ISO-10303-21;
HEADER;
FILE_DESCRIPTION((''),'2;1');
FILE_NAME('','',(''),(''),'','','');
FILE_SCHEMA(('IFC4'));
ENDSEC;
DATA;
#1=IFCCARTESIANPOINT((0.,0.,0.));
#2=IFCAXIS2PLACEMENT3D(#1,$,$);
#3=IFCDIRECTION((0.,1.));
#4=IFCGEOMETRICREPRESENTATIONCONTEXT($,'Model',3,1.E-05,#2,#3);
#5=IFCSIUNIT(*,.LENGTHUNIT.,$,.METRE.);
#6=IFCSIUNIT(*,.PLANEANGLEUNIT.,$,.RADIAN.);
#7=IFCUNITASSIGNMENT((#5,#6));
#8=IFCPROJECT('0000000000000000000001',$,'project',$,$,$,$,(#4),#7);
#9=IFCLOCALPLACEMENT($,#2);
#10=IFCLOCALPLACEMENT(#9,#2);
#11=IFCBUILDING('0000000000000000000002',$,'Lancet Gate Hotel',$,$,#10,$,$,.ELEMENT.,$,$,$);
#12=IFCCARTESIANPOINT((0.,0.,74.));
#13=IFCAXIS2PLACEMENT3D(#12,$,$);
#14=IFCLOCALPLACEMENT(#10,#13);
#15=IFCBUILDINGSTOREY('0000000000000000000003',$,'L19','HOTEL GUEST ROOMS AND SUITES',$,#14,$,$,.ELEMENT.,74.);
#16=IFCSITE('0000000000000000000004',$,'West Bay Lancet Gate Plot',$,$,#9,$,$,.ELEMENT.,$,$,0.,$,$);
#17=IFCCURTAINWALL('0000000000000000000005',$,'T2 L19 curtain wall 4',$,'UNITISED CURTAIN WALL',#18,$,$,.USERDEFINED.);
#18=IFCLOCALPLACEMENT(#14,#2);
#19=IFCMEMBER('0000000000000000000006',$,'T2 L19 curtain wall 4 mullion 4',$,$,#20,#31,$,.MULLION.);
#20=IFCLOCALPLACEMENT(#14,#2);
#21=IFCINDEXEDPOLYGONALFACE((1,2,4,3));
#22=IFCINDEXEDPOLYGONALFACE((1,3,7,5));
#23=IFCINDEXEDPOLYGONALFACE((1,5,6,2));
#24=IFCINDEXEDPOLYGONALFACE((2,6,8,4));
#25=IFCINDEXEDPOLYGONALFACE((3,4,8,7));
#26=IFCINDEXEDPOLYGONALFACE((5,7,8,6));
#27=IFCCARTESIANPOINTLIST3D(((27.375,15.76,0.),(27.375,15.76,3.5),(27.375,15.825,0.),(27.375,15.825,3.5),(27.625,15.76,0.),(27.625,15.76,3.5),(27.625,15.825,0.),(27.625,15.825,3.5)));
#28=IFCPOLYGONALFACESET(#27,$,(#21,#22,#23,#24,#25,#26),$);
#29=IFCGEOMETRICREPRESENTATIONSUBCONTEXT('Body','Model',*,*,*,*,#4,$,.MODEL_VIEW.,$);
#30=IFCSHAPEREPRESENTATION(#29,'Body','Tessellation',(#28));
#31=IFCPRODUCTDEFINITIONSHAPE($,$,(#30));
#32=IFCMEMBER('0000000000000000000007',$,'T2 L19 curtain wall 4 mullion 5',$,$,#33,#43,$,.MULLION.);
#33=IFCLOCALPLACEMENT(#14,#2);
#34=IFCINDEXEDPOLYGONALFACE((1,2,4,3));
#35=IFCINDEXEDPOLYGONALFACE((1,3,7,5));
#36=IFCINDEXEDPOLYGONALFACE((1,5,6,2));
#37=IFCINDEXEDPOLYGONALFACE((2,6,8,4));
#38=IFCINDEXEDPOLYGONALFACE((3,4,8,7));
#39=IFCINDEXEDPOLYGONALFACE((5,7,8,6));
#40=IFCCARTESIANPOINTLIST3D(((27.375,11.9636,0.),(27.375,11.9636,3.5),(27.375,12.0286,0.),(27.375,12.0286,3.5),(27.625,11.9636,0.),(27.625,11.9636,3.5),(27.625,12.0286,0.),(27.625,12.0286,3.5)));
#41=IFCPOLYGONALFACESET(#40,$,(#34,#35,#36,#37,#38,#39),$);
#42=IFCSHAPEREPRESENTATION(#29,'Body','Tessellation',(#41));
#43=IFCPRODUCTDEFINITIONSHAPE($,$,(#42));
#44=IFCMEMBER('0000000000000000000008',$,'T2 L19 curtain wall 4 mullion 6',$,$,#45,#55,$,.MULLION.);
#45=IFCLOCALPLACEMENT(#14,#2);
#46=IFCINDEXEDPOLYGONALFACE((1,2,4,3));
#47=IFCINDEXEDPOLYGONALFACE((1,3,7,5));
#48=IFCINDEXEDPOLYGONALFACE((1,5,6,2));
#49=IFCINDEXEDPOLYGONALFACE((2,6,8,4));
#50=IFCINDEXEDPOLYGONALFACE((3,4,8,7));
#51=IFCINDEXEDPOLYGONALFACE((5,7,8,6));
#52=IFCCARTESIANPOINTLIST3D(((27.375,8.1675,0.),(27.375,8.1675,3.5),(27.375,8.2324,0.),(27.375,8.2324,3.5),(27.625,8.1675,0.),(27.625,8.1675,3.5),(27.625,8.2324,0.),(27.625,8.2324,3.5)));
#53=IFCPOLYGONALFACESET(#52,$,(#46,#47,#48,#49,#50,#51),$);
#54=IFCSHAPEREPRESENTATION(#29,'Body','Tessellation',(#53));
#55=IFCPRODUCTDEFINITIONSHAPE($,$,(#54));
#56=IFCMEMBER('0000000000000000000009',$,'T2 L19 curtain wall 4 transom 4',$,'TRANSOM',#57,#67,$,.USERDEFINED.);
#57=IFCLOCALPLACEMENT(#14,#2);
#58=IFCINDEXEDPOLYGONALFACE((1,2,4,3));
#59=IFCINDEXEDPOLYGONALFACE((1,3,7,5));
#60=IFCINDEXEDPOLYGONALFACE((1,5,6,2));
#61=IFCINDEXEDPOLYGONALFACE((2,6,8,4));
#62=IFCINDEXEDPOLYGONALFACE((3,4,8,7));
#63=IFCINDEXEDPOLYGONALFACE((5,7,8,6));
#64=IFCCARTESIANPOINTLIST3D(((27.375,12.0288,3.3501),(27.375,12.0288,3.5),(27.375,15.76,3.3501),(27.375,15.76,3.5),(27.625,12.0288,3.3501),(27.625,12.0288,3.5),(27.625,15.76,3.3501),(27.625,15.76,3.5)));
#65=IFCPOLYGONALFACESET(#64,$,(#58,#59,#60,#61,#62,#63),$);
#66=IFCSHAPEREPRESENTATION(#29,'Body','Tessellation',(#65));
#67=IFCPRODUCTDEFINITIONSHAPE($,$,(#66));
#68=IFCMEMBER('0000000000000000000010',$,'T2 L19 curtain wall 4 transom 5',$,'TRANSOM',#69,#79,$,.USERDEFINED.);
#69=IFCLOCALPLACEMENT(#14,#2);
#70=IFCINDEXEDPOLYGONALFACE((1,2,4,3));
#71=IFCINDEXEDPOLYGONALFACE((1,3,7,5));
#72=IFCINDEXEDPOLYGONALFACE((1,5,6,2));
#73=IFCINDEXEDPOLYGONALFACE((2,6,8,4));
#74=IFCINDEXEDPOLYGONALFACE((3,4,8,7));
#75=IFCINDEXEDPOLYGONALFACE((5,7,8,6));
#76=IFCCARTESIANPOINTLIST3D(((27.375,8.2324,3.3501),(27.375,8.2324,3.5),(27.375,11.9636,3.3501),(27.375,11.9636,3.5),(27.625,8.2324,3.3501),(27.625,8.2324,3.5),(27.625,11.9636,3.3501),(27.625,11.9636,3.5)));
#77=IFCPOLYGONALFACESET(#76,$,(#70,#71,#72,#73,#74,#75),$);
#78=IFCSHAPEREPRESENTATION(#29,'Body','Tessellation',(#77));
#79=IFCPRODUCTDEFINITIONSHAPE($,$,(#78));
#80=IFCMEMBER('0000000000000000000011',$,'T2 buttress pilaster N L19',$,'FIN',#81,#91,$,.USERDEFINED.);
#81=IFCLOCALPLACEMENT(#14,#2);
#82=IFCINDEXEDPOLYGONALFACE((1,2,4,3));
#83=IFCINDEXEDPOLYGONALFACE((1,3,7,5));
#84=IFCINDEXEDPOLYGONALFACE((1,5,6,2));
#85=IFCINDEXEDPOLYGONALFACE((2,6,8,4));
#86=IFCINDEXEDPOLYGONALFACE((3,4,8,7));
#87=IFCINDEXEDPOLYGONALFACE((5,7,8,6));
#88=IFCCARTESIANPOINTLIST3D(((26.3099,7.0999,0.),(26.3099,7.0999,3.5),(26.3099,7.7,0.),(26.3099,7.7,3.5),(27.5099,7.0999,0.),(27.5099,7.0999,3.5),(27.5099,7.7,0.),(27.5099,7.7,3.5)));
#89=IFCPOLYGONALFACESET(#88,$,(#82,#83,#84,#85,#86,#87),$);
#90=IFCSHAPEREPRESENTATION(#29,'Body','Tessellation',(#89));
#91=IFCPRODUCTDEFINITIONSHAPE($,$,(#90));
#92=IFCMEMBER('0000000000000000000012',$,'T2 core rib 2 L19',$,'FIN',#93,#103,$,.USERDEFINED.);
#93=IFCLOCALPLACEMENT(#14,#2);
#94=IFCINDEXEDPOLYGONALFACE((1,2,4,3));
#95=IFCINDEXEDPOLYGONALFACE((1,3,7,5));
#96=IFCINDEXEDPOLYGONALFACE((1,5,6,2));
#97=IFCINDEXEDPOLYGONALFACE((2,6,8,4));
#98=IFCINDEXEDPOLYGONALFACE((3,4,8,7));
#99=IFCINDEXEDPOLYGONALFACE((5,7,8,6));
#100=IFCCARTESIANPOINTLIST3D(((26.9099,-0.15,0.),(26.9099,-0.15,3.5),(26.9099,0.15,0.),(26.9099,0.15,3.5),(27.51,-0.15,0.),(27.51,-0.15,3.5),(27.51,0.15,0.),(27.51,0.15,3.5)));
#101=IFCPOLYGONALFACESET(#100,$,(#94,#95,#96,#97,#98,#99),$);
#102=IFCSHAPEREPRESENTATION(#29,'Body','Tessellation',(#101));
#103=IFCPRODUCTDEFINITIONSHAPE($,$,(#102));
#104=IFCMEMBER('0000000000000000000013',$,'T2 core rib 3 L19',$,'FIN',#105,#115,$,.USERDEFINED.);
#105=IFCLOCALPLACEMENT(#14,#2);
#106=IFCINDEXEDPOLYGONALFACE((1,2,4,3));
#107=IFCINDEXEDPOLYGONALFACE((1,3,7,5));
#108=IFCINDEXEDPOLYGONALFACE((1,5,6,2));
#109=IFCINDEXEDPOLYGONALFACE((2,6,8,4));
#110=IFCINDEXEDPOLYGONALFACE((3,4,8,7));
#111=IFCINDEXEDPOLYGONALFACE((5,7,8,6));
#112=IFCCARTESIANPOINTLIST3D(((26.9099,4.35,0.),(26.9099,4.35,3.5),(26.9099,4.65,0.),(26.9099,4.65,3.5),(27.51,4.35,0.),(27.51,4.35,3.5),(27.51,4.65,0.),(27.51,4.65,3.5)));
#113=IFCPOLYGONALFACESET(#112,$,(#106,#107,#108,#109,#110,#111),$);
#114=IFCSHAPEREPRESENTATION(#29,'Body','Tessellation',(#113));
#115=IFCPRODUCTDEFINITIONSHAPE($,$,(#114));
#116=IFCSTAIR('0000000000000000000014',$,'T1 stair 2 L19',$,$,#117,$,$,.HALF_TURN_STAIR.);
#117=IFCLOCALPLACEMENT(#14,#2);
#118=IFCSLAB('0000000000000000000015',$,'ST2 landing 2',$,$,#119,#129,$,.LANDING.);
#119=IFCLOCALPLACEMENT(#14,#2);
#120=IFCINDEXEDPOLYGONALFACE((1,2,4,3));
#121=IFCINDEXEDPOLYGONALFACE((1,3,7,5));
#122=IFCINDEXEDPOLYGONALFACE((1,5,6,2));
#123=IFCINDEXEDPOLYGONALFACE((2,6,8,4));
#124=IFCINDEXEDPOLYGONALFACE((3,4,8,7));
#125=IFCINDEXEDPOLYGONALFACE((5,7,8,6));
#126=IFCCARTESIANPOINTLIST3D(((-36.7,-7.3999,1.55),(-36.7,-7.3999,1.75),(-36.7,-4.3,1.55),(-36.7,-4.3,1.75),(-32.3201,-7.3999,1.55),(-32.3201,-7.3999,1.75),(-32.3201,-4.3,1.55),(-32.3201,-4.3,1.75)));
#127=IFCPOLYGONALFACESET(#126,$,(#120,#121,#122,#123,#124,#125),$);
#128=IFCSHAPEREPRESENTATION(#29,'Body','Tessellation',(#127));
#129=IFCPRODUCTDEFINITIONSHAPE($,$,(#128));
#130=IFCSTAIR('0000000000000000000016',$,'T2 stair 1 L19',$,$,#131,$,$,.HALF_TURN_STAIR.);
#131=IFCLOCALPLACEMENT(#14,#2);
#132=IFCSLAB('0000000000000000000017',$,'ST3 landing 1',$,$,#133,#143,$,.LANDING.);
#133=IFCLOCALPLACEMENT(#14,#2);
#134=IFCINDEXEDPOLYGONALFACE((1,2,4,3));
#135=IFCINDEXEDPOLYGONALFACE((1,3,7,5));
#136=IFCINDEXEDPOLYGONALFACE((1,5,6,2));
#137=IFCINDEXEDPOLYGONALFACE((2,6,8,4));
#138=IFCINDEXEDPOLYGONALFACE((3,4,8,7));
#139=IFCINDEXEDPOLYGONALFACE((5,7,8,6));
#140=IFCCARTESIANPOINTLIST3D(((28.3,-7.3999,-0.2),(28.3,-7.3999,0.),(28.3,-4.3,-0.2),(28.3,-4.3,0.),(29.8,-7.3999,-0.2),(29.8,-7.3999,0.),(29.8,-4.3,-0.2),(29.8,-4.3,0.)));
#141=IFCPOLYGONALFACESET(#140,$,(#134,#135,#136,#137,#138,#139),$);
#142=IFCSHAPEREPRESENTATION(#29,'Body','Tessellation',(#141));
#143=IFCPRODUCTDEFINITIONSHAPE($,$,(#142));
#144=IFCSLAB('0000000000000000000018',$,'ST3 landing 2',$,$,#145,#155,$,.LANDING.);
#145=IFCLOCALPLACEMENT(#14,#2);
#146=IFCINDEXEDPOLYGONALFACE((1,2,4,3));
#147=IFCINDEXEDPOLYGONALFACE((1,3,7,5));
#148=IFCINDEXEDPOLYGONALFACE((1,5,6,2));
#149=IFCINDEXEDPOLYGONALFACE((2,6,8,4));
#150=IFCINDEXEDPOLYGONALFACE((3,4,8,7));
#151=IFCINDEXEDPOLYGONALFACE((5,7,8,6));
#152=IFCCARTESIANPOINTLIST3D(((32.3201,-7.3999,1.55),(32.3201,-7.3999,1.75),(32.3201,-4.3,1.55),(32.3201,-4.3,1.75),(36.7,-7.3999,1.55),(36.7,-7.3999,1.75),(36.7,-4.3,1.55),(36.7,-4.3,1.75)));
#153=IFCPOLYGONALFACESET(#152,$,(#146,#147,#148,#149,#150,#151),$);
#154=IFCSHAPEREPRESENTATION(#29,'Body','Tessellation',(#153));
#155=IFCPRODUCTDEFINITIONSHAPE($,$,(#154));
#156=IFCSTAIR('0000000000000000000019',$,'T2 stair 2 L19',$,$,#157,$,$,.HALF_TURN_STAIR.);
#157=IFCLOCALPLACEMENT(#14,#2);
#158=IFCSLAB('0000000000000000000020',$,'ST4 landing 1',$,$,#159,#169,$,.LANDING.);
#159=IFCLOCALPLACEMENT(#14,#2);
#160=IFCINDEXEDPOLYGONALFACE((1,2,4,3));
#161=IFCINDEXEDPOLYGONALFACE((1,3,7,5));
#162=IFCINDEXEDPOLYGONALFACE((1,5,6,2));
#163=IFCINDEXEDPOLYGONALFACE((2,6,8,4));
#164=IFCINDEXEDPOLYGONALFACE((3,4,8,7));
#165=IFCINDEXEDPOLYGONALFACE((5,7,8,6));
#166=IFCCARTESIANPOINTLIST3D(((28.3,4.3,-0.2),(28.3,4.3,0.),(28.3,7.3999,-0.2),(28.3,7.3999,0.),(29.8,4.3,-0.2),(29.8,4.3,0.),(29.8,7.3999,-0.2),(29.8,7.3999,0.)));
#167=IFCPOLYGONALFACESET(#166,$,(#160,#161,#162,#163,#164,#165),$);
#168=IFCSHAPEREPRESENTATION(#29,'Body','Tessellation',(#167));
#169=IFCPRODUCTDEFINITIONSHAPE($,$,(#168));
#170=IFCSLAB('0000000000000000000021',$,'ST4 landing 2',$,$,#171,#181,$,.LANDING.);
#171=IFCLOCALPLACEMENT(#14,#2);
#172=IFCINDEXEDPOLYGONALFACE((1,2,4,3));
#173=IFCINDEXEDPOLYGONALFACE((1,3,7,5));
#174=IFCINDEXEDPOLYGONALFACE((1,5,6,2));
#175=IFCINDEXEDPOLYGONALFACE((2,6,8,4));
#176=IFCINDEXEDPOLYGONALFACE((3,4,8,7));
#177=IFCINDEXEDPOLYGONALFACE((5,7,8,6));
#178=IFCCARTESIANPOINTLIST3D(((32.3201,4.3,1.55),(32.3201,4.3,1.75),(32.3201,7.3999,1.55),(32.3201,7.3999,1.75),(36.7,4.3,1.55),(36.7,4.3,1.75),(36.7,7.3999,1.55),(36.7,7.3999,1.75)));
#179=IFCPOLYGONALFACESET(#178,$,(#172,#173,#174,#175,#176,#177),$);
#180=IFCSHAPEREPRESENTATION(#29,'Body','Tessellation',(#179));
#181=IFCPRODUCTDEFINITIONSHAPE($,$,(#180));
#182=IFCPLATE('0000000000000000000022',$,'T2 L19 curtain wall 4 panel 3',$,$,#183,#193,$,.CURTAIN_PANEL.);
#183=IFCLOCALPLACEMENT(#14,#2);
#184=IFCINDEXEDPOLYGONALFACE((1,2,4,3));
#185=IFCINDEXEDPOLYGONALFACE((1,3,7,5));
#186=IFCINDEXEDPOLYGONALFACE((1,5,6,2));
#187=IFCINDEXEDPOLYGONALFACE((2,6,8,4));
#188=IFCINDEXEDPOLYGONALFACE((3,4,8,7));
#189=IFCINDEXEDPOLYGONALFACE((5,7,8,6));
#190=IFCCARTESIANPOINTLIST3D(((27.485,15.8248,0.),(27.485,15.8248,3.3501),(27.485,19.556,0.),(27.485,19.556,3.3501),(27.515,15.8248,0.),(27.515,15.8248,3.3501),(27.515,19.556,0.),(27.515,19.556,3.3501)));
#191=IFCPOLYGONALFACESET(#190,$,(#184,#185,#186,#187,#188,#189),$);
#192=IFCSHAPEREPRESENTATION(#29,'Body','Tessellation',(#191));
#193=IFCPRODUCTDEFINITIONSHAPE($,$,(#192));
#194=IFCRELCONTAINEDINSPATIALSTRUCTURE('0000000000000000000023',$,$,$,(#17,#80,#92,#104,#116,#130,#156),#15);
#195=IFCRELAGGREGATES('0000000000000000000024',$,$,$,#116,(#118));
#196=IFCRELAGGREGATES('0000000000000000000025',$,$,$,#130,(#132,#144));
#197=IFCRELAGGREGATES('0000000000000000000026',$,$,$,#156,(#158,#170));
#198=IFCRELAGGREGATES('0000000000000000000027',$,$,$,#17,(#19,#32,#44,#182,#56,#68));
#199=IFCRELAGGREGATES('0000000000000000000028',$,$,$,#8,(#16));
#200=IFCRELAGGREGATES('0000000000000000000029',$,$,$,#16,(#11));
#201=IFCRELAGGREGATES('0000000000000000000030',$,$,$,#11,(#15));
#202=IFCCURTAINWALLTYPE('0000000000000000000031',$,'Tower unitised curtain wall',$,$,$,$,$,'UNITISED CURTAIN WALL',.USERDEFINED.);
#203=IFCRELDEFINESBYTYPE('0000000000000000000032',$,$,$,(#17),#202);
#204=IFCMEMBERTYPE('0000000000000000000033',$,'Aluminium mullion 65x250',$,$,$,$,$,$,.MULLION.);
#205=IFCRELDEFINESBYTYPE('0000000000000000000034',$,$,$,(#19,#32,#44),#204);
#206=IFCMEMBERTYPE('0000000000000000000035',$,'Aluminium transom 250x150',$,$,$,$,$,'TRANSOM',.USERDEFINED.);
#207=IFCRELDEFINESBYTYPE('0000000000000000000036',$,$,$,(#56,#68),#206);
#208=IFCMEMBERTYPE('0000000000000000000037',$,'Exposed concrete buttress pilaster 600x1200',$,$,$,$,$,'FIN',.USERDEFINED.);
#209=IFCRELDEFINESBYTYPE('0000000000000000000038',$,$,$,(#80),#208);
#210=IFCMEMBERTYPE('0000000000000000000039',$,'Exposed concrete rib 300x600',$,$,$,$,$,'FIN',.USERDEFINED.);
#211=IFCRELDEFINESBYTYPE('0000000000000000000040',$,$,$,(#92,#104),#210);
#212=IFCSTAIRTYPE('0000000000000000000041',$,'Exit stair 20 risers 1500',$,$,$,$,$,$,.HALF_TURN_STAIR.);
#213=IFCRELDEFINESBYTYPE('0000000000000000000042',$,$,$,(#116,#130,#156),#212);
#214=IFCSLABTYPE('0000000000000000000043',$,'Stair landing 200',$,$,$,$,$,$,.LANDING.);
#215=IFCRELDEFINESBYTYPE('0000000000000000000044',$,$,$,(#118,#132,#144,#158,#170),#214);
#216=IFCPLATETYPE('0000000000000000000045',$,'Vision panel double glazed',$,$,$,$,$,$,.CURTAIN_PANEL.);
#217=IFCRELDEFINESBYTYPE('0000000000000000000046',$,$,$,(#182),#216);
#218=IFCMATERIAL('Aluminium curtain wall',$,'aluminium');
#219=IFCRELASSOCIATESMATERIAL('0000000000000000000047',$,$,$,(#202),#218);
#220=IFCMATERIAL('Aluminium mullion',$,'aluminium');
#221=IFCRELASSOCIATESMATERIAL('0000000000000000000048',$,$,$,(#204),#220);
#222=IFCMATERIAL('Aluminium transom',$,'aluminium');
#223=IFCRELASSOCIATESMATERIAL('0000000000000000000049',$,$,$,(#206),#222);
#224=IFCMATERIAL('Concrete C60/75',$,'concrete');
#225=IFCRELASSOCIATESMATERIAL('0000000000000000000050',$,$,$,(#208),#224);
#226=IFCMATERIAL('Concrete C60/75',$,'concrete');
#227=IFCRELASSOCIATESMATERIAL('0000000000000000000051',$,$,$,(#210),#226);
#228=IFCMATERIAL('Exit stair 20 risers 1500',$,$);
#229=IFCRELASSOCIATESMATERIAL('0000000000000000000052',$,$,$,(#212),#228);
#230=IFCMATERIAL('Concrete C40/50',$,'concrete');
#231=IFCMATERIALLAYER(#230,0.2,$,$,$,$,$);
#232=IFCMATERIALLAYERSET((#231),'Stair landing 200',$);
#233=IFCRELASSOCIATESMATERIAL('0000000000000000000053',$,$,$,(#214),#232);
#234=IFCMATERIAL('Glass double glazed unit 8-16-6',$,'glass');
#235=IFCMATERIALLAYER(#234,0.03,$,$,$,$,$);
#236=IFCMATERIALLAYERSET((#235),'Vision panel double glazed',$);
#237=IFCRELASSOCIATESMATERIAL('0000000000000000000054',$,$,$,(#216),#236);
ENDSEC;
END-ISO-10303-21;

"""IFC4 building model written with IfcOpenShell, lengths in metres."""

from ifc_helpers import new_model, si_unit, direction, frame, origin, origin_2d, place, context, subcontext, project, spatial, polyline, rectangle, outline, extrude, material, layer, layer_set, material_profile, profile_set, type_object, element, aggregate, save


model = new_model("IFC4")

# Units and contexts
model_context = context("Model", 3, precision=1e-05, world=origin(), true_north=direction((0.0, 1.0)))
body_context = subcontext(model_context, "Body", "Model", "MODEL_VIEW")
ifc_project = project(units=[si_unit("LENGTHUNIT", "METRE"), si_unit("PLANEANGLEUNIT", "RADIAN")], contexts=[model_context])

# Site, building, storey
site_placement = place(None, origin())
site = spatial("IfcSite", under=ifc_project, at=site_placement, Name="West Bay Lancet Gate Plot", CompositionType="ELEMENT", RefElevation=0.0)
building_placement = place(site_placement, origin())
building = spatial("IfcBuilding", under=site, at=building_placement, Name="Lancet Gate Hotel", CompositionType="ELEMENT")
storey_placement = place(building_placement, frame((0.0, 0.0, 74.0)))
storey = spatial("IfcBuildingStorey", under=building, at=storey_placement, Name="L19", Description="HOTEL GUEST ROOMS AND SUITES", CompositionType="ELEMENT", Elevation=74.0)

# Curtain wall, members
ifc_material_1 = material(Name="Aluminium curtain wall", Category="aluminium")
curtain_wall_type = type_object("IfcCurtainWallType", Name="Tower unitised curtain wall", ElementType="UNITISED CURTAIN WALL", PredefinedType="USERDEFINED", material=ifc_material_1)
curtain_wall_placement = place(storey_placement, origin())
curtain_wall = element("IfcCurtainWall", 1, at=curtain_wall_placement, inside=storey, type_object=curtain_wall_type, Name="T2 L19 curtain wall 4", ObjectType="UNITISED CURTAIN WALL", PredefinedType="USERDEFINED")
ifc_material_2 = material(Name="Aluminium mullion", Category="aluminium")
ifc_material_profile_1 = material_profile(ifc_material_2, rectangle(XDim=0.0649, YDim=0.25, at=origin_2d()), Name="MULLION 65x250")
ifc_profile_set_1 = profile_set([ifc_material_profile_1], Name="Aluminium mullion")
member_type_1 = type_object("IfcMemberType", Name="Aluminium mullion 65x250", PredefinedType="MULLION", material=ifc_profile_set_1)
member_1_placement = place(storey_placement, frame((27.5, 15.7925, 0.0), z_axis=(0.0, 0.0, 1.0), x_axis=(0.0, -1.0, 0.0)))
member_1 = element("IfcMember", 2, at=member_1_placement, type_object=member_type_1, Name="T2 L19 curtain wall 4 mullion 4", PredefinedType="MULLION", context=body_context, shape_type="SweptSolid", body=[
    extrude(rectangle(XDim=0.0649, YDim=0.25, at=origin_2d()), origin(), (0.0, 0.0, 1.0), 3.5),
])
member_2_placement = place(storey_placement, frame((27.5, 11.9961, 0.0), z_axis=(0.0, 0.0, 1.0), x_axis=(0.0, -1.0, 0.0)))
member_2 = element("IfcMember", 3, at=member_2_placement, type_object=member_type_1, Name="T2 L19 curtain wall 4 mullion 5", PredefinedType="MULLION", context=body_context, shape_type="SweptSolid", body=[
    extrude(rectangle(XDim=0.0649, YDim=0.25, at=origin_2d()), origin(), (0.0, 0.0, 1.0), 3.5),
])
member_3_placement = place(storey_placement, frame((27.5, 8.2, 0.0), z_axis=(0.0, 0.0, 1.0), x_axis=(0.0, -1.0, 0.0)))
member_3 = element("IfcMember", 4, at=member_3_placement, type_object=member_type_1, Name="T2 L19 curtain wall 4 mullion 6", PredefinedType="MULLION", context=body_context, shape_type="SweptSolid", body=[
    extrude(rectangle(XDim=0.0649, YDim=0.25, at=origin_2d()), origin(), (0.0, 0.0, 1.0), 3.5),
])
ifc_material_3 = material(Name="Aluminium transom", Category="aluminium")
ifc_material_profile_2 = material_profile(ifc_material_3, rectangle(XDim=0.25, YDim=0.1499, at=origin_2d()), Name="TRANSOM 250x150")
ifc_profile_set_2 = profile_set([ifc_material_profile_2], Name="Aluminium transom")
member_type_2 = type_object("IfcMemberType", Name="Aluminium transom 250x150", ElementType="TRANSOM", PredefinedType="USERDEFINED", material=ifc_profile_set_2)
member_4_placement = place(storey_placement, frame((27.5, 15.76, 3.425), z_axis=(0.0, -1.0, 0.0), x_axis=(1.0, 0.0, 0.0)))
member_4 = element("IfcMember", 5, at=member_4_placement, type_object=member_type_2, Name="T2 L19 curtain wall 4 transom 4", ObjectType="TRANSOM", PredefinedType="USERDEFINED", context=body_context, shape_type="SweptSolid", body=[
    extrude(rectangle(XDim=0.25, YDim=0.1499, at=origin_2d()), origin(), (0.0, 0.0, 1.0), 3.7312),
])
member_5_placement = place(storey_placement, frame((27.5, 11.9636, 3.425), z_axis=(0.0, -1.0, 0.0), x_axis=(1.0, 0.0, 0.0)))
member_5 = element("IfcMember", 6, at=member_5_placement, type_object=member_type_2, Name="T2 L19 curtain wall 4 transom 5", ObjectType="TRANSOM", PredefinedType="USERDEFINED", context=body_context, shape_type="SweptSolid", body=[
    extrude(rectangle(XDim=0.25, YDim=0.1499, at=origin_2d()), origin(), (0.0, 0.0, 1.0), 3.7312),
])

# Members
ifc_material_4 = material(Name="Concrete C60/75", Category="concrete")
ifc_material_profile_3 = material_profile(ifc_material_4, rectangle(XDim=0.6001, YDim=1.2, at=origin_2d()), Name="FIN 600x1200")
ifc_profile_set_3 = profile_set([ifc_material_profile_3], Name="Concrete C60/75")
member_type_3 = type_object("IfcMemberType", Name="Exposed concrete buttress pilaster 600x1200", ElementType="FIN", PredefinedType="USERDEFINED", material=ifc_profile_set_3)
member_6_placement = place(storey_placement, frame((26.9099, 7.3999, 0.0), z_axis=(0.0, 0.0, 1.0), x_axis=(0.0, 1.0, 0.0)))
element("IfcMember", 7, at=member_6_placement, inside=storey, type_object=member_type_3, Name="T2 buttress pilaster N L19", ObjectType="FIN", PredefinedType="USERDEFINED", context=body_context, shape_type="SweptSolid", body=[
    extrude(rectangle(XDim=0.6001, YDim=1.2, at=origin_2d()), origin(), (0.0, 0.0, 1.0), 3.5),
])
ifc_material_5 = material(Name="Concrete C60/75", Category="concrete")
ifc_material_profile_4 = material_profile(ifc_material_5, rectangle(XDim=0.3, YDim=0.6001, at=origin_2d()), Name="FIN 300x600")
ifc_profile_set_4 = profile_set([ifc_material_profile_4], Name="Concrete C60/75")
member_type_4 = type_object("IfcMemberType", Name="Exposed concrete rib 300x600", ElementType="FIN", PredefinedType="USERDEFINED", material=ifc_profile_set_4)
for number, where, z_axis, x_axis, name in (
    (8, (27.21, 0.0, 0.0), (0.0, 0.0, 1.0), (0.0, 1.0, 0.0), "T2 core rib 2 L19"),
    (9, (27.21, 4.5, 0.0), (0.0, 0.0, 1.0), (0.0, 1.0, 0.0), "T2 core rib 3 L19"),
):
    element("IfcMember", number, at=place(storey_placement, frame(where, z_axis=z_axis, x_axis=x_axis)), inside=storey, type_object=member_type_4, Name=name, ObjectType="FIN", PredefinedType="USERDEFINED", context=body_context, shape_type="SweptSolid", body=[
        extrude(rectangle(XDim=0.3, YDim=0.6001, at=origin_2d()), origin(), (0.0, 0.0, 1.0), 3.5),
    ])

# Stair, slab
ifc_material_6 = material(Name="Exit stair 20 risers 1500")
stair_type = type_object("IfcStairType", Name="Exit stair 20 risers 1500", PredefinedType="HALF_TURN_STAIR", material=ifc_material_6)
stair_1_placement = place(storey_placement, origin())
stair_1 = element("IfcStair", 10, at=stair_1_placement, inside=storey, type_object=stair_type, Name="T1 stair 2 L19", PredefinedType="HALF_TURN_STAIR")
ifc_material_7 = material(Name="Concrete C40/50", Category="concrete")
ifc_layer_1 = layer(ifc_material_7, 0.2)
ifc_layer_set_1 = layer_set([ifc_layer_1], Name="Stair landing 200")
slab_type = type_object("IfcSlabType", Name="Stair landing 200", PredefinedType="LANDING", material=ifc_layer_set_1)
slab_1_placement = place(storey_placement, frame((0.0, 0.0, 1.55)))
slab_1 = element("IfcSlab", 11, at=slab_1_placement, type_object=slab_type, Name="ST2 landing 2", PredefinedType="LANDING", context=body_context, shape_type="SweptSolid", body=[
    extrude(outline(polyline([(-32.3201, -4.3), (-36.7, -4.3), (-36.7, -7.3999), (-32.3201, -7.3999), (-32.3201, -4.3)])), origin(), (0.0, 0.0, 1.0), 0.2),
])
aggregate(stair_1, [slab_1])

# Stairs, slabs
stair_2_placement = place(storey_placement, origin())
stair_2 = element("IfcStair", 12, at=stair_2_placement, inside=storey, type_object=stair_type, Name="T2 stair 1 L19", PredefinedType="HALF_TURN_STAIR")
slab_2_placement = place(storey_placement, frame((0.0, 0.0, -0.2)))
slab_2 = element("IfcSlab", 13, at=slab_2_placement, type_object=slab_type, Name="ST3 landing 1", PredefinedType="LANDING", context=body_context, shape_type="SweptSolid", body=[
    extrude(outline(polyline([(28.3, -7.3999), (29.8, -7.3999), (29.8, -4.3), (28.3, -4.3), (28.3, -7.3999)])), origin(), (0.0, 0.0, 1.0), 0.2),
])
slab_3_placement = place(storey_placement, frame((0.0, 0.0, 1.55)))
slab_3 = element("IfcSlab", 14, at=slab_3_placement, type_object=slab_type, Name="ST3 landing 2", PredefinedType="LANDING", context=body_context, shape_type="SweptSolid", body=[
    extrude(outline(polyline([(32.3201, -7.3999), (36.7, -7.3999), (36.7, -4.3), (32.3201, -4.3), (32.3201, -7.3999)])), origin(), (0.0, 0.0, 1.0), 0.2),
])
aggregate(stair_2, [slab_2, slab_3])
stair_3_placement = place(storey_placement, origin())
stair_3 = element("IfcStair", 15, at=stair_3_placement, inside=storey, type_object=stair_type, Name="T2 stair 2 L19", PredefinedType="HALF_TURN_STAIR")
slab_4_placement = place(storey_placement, frame((0.0, 0.0, -0.2)))
slab_4 = element("IfcSlab", 16, at=slab_4_placement, type_object=slab_type, Name="ST4 landing 1", PredefinedType="LANDING", context=body_context, shape_type="SweptSolid", body=[
    extrude(outline(polyline([(28.3, 4.3), (29.8, 4.3), (29.8, 7.3999), (28.3, 7.3999), (28.3, 4.3)])), origin(), (0.0, 0.0, 1.0), 0.2),
])
slab_5_placement = place(storey_placement, frame((0.0, 0.0, 1.55)))
slab_5 = element("IfcSlab", 17, at=slab_5_placement, type_object=slab_type, Name="ST4 landing 2", PredefinedType="LANDING", context=body_context, shape_type="SweptSolid", body=[
    extrude(outline(polyline([(32.3201, 4.3), (36.7, 4.3), (36.7, 7.3999), (32.3201, 7.3999), (32.3201, 4.3)])), origin(), (0.0, 0.0, 1.0), 0.2),
])
aggregate(stair_3, [slab_4, slab_5])

# Plate
ifc_material_8 = material(Name="Glass double glazed unit 8-16-6", Category="glass")
ifc_layer_2 = layer(ifc_material_8, 0.03)
ifc_layer_set_2 = layer_set([ifc_layer_2], Name="Vision panel double glazed")
plate_type = type_object("IfcPlateType", Name="Vision panel double glazed", PredefinedType="CURTAIN_PANEL", material=ifc_layer_set_2)
plate_1_placement = place(storey_placement, frame((27.5, 17.6904, 0.0), z_axis=(0.0, 0.0, 1.0), x_axis=(0.0, -1.0, 0.0)))
plate_1 = element("IfcPlate", 18, at=plate_1_placement, type_object=plate_type, Name="T2 L19 curtain wall 4 panel 3", PredefinedType="CURTAIN_PANEL", context=body_context, shape_type="SweptSolid", body=[
    extrude(rectangle(XDim=3.7312, YDim=0.03, at=origin_2d()), origin(), (0.0, 0.0, 1.0), 3.3501),
])
aggregate(curtain_wall, [member_1, member_2, member_3, plate_1, member_4, member_5])

save(model, "model.ifc")
